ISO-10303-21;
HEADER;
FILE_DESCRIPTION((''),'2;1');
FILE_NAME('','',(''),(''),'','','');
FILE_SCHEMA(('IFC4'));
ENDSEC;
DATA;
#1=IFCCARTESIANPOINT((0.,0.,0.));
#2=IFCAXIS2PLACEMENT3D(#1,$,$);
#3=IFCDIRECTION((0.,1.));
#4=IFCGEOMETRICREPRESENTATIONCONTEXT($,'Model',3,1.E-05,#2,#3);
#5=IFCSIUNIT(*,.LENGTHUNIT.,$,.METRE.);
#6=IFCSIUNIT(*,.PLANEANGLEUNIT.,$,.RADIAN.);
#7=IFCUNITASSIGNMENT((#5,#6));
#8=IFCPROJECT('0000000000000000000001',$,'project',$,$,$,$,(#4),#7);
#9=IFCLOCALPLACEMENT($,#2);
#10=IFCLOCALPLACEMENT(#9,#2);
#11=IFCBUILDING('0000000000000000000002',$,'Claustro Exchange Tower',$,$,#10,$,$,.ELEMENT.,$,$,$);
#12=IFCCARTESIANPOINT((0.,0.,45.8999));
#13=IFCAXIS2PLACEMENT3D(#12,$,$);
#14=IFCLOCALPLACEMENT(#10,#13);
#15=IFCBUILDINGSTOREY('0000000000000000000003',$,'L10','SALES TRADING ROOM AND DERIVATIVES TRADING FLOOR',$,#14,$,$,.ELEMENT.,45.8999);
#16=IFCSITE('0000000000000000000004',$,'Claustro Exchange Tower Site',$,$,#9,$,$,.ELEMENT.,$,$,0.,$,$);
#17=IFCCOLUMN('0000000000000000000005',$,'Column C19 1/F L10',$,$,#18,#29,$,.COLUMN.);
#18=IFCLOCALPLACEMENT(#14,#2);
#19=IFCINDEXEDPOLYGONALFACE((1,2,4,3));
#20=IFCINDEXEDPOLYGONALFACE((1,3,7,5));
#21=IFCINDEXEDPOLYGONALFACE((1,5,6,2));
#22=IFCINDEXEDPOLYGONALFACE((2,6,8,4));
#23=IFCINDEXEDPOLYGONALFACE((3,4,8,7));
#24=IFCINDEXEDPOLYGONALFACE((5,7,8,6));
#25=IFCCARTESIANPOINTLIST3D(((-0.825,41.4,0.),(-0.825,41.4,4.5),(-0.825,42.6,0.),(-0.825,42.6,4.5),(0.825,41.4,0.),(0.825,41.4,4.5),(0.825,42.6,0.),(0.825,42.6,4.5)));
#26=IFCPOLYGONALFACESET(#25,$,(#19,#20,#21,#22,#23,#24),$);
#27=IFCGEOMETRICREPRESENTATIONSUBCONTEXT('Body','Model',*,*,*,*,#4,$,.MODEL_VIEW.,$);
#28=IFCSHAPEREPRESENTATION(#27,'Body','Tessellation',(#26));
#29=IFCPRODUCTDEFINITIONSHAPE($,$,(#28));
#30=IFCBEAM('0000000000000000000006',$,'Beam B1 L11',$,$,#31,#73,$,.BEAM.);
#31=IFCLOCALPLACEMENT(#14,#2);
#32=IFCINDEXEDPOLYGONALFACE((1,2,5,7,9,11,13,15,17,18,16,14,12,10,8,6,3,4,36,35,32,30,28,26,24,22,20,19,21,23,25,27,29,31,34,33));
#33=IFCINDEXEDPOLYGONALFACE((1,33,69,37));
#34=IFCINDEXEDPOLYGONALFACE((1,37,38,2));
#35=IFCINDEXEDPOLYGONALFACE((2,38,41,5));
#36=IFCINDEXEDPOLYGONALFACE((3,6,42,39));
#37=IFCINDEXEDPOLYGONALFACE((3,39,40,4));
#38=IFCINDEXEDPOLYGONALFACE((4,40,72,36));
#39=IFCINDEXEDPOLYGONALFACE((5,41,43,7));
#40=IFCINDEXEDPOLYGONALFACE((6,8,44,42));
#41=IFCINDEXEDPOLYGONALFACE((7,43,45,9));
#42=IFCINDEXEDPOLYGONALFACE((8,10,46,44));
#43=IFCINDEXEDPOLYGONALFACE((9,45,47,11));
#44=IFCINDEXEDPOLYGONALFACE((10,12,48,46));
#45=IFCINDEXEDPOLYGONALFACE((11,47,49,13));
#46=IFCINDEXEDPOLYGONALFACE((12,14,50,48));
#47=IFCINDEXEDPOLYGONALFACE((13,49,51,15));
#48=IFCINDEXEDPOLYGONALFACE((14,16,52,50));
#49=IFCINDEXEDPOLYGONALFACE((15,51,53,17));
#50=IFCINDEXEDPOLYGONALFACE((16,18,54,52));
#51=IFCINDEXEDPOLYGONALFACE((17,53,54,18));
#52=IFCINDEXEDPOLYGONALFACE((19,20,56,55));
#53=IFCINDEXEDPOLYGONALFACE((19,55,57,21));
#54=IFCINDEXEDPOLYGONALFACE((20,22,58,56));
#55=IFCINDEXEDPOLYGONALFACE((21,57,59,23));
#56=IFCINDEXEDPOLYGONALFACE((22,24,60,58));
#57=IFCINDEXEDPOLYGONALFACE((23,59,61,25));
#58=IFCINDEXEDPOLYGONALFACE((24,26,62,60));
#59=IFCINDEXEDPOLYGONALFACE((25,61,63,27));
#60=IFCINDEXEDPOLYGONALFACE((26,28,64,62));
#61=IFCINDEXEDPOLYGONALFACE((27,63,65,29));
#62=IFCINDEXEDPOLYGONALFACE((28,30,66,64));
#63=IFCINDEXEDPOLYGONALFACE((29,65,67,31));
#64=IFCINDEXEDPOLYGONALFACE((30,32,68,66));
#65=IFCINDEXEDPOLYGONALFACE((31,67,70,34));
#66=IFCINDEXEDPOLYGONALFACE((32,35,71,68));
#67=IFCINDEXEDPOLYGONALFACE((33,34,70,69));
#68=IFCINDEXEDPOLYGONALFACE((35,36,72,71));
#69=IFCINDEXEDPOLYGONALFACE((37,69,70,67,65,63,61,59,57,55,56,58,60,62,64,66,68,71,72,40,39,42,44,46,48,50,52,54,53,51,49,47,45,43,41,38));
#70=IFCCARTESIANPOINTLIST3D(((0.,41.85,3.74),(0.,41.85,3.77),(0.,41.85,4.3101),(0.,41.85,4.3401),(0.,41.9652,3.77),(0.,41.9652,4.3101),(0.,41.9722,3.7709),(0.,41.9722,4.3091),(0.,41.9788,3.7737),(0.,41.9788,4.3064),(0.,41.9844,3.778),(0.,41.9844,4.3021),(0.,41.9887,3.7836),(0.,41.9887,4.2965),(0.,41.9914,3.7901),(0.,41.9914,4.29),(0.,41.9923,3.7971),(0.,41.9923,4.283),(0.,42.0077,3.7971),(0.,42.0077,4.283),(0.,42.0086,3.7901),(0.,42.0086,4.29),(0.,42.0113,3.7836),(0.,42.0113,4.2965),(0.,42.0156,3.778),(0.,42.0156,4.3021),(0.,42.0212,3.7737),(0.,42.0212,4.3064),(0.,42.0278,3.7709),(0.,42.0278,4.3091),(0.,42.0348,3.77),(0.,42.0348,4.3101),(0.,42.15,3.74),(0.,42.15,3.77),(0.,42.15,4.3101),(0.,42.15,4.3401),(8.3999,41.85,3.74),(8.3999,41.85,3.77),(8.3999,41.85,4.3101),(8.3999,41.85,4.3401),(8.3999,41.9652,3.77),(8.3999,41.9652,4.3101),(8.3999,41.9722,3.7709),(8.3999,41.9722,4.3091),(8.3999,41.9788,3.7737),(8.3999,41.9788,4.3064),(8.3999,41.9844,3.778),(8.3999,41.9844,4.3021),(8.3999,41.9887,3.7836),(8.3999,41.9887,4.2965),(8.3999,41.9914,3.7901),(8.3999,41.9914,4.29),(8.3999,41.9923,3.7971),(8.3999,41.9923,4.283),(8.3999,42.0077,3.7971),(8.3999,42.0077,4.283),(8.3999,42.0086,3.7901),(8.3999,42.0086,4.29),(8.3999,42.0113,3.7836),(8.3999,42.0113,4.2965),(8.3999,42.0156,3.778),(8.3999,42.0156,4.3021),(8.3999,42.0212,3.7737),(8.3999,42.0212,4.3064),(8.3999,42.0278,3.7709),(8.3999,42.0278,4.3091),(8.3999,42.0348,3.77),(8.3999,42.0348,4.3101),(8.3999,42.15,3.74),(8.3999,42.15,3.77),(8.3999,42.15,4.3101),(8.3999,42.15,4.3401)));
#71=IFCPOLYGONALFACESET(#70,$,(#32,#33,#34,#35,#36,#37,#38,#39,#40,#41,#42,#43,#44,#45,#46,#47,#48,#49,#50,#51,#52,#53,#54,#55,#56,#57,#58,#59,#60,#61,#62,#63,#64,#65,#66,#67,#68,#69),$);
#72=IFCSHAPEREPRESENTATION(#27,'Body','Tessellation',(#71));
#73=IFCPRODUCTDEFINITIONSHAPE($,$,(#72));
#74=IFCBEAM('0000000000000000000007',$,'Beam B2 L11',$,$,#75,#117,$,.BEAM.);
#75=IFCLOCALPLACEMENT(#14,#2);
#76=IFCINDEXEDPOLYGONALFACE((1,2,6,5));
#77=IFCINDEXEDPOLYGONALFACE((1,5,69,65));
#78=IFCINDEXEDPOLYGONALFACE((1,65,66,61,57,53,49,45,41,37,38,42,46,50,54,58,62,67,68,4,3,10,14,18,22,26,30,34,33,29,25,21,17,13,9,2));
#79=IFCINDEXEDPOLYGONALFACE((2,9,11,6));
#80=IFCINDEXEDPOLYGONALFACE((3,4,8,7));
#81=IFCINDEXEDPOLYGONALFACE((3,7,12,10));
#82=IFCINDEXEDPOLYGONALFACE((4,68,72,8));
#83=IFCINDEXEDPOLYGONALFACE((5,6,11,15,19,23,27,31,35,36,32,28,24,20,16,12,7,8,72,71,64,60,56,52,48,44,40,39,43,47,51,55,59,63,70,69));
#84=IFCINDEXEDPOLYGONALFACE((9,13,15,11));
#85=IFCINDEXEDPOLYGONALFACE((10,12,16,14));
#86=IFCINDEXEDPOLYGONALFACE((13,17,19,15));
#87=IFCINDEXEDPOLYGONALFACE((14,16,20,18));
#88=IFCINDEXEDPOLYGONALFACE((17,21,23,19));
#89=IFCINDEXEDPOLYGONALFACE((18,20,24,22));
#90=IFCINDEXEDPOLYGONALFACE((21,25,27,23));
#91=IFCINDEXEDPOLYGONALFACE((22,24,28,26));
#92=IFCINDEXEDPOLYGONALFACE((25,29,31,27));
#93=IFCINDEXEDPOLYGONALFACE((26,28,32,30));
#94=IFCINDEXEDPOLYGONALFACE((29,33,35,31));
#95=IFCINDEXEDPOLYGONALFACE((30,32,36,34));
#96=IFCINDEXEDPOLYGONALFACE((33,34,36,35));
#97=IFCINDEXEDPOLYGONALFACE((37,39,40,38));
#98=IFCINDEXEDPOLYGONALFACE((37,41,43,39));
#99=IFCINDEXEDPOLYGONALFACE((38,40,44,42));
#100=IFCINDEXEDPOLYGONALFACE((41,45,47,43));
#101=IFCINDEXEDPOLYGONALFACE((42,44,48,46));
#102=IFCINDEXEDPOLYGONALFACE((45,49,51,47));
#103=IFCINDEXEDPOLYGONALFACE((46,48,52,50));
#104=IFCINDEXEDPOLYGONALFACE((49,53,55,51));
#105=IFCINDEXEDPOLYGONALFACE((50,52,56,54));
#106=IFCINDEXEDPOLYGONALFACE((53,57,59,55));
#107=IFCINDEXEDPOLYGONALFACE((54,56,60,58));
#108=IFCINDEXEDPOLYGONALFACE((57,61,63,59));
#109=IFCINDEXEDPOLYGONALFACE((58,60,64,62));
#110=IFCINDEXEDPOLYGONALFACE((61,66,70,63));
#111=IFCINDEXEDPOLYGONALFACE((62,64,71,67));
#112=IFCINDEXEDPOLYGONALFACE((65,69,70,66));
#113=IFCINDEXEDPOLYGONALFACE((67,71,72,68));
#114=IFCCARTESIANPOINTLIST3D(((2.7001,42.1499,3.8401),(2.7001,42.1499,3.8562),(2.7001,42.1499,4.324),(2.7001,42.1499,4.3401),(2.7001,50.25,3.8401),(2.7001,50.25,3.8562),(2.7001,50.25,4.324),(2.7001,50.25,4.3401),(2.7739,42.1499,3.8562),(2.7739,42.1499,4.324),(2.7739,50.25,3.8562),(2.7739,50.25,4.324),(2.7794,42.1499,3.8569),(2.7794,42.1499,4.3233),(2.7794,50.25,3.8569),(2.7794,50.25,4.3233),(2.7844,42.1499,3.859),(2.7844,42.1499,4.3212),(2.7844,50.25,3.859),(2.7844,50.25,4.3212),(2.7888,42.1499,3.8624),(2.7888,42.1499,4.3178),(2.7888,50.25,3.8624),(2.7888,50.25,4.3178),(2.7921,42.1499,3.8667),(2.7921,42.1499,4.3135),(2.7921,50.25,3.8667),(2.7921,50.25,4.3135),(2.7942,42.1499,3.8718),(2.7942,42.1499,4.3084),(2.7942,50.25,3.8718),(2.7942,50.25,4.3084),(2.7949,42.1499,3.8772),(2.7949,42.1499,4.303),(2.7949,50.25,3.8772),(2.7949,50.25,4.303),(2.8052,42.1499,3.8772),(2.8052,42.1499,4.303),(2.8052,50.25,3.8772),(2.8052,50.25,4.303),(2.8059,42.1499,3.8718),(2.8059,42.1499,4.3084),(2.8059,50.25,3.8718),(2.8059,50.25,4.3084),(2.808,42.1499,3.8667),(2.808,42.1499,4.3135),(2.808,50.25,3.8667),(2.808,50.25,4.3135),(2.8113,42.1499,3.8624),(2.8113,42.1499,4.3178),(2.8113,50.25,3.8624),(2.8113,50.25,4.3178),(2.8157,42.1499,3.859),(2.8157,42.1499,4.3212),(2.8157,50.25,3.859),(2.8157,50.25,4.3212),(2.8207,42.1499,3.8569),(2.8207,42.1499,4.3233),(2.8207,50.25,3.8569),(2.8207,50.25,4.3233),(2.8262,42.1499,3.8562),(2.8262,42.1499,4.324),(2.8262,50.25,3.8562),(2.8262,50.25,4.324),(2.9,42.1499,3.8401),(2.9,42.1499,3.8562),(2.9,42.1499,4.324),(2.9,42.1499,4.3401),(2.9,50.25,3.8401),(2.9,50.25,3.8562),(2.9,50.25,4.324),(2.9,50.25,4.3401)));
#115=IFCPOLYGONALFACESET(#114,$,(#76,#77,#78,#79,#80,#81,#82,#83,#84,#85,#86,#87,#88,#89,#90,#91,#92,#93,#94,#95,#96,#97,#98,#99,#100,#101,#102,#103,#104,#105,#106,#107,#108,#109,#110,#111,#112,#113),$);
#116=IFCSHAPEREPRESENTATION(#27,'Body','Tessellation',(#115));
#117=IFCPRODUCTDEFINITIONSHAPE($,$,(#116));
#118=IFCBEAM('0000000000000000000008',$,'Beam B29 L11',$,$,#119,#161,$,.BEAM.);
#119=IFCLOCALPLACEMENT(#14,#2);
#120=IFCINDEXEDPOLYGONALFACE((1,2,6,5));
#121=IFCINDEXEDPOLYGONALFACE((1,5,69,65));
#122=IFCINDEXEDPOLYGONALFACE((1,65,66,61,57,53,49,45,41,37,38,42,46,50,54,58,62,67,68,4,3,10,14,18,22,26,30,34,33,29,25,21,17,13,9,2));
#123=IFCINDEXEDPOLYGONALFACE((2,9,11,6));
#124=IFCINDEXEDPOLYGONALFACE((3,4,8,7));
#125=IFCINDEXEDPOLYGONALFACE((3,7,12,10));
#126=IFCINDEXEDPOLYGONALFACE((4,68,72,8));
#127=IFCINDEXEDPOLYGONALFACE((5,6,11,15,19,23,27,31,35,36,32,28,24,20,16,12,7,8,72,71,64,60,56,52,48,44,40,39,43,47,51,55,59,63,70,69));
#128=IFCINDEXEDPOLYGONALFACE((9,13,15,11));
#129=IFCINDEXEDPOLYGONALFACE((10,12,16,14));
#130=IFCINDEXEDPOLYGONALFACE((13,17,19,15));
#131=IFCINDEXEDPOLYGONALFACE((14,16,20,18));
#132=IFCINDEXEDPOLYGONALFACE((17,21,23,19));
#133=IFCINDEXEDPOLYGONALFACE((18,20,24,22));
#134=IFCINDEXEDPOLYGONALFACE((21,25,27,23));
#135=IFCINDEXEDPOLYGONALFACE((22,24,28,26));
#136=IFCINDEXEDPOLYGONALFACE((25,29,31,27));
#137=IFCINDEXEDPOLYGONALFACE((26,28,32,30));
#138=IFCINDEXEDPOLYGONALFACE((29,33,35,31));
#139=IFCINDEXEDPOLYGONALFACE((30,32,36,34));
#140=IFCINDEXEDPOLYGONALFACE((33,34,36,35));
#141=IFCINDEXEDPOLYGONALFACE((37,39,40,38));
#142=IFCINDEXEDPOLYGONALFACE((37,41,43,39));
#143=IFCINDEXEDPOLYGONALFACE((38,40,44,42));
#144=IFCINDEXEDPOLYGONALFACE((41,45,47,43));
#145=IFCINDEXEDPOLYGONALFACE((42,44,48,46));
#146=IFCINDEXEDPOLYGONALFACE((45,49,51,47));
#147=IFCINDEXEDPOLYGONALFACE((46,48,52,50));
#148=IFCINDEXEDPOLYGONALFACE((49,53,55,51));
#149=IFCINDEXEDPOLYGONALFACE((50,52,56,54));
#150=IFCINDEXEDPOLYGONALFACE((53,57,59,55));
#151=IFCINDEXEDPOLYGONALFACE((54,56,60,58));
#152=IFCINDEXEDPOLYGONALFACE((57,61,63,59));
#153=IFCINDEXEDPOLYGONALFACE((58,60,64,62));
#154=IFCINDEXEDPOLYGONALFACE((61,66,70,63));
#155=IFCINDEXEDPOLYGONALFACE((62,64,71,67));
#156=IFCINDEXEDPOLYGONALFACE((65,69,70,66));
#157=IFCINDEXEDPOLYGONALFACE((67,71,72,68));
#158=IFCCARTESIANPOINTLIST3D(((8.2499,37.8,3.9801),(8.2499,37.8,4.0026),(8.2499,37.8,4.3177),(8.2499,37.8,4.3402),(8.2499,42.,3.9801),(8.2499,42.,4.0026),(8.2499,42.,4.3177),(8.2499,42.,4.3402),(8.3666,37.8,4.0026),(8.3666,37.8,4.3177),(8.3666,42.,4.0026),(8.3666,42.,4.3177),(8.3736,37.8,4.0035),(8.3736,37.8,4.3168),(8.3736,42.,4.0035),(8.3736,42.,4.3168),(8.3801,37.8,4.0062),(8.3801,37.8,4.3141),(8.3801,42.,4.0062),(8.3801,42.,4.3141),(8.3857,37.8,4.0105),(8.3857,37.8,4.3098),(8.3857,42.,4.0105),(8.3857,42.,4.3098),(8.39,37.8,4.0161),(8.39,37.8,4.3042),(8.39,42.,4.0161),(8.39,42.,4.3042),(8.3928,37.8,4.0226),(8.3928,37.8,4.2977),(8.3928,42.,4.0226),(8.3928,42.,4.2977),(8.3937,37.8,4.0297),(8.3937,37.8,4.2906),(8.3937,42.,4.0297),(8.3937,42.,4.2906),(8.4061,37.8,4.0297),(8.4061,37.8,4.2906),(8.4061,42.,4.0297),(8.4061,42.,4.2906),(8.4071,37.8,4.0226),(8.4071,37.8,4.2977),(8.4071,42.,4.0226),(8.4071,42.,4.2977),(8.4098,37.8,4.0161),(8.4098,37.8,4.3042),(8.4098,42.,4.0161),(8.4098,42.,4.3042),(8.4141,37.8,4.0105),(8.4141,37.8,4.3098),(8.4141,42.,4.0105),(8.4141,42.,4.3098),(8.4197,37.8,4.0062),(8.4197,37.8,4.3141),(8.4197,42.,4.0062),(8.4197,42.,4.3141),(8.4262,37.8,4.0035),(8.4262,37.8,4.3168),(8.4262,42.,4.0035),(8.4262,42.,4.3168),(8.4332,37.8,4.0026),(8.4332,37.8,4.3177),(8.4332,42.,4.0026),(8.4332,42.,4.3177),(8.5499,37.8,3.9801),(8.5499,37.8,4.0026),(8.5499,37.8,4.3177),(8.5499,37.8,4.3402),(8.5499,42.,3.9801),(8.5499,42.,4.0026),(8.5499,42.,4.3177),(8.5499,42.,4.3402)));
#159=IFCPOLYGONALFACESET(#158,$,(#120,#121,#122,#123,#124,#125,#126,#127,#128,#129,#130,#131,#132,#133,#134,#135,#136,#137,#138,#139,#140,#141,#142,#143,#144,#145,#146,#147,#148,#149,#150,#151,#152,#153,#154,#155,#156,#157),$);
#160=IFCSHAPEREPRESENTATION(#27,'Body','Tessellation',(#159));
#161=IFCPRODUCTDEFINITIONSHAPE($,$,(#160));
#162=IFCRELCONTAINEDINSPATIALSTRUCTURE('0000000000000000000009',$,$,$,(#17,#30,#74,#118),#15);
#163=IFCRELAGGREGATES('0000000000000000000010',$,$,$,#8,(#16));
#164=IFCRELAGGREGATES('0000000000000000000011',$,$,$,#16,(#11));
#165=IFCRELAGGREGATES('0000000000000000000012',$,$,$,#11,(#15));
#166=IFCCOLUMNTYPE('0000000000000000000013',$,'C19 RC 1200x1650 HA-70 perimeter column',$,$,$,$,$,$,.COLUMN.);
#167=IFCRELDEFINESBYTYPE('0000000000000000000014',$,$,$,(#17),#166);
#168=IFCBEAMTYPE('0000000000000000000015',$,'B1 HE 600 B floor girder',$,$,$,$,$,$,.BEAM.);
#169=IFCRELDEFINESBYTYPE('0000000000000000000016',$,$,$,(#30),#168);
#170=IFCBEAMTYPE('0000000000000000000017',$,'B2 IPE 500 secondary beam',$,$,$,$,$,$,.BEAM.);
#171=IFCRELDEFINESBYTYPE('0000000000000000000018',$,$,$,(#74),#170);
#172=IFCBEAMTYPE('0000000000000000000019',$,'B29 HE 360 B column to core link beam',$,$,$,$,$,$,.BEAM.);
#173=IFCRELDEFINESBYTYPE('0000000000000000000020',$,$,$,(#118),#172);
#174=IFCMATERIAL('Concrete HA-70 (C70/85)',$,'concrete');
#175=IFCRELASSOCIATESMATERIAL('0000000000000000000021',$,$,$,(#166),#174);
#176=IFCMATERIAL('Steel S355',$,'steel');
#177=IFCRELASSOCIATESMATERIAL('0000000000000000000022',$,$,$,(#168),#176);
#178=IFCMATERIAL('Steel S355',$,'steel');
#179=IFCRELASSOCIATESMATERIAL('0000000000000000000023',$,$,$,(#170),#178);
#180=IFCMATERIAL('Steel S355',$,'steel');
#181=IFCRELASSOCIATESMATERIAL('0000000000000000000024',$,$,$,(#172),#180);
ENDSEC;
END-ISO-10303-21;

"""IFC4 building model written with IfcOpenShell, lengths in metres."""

from ifc_helpers import new_model, si_unit, direction, frame, origin, origin_2d, place, context, subcontext, project, spatial, rectangle, i_section, extrude, material, material_profile, profile_set, type_object, element, save


model = new_model("IFC4")

# Units and contexts
model_context = context("Model", 3, precision=1e-05, world=origin(), true_north=direction((0.0, 1.0)))
body_context = subcontext(model_context, "Body", "Model", "MODEL_VIEW")
ifc_project = project(units=[si_unit("LENGTHUNIT", "METRE"), si_unit("PLANEANGLEUNIT", "RADIAN")], contexts=[model_context])

# Site, building, storey
site_placement = place(None, origin())
site = spatial("IfcSite", under=ifc_project, at=site_placement, Name="Claustro Exchange Tower Site", CompositionType="ELEMENT", RefElevation=0.0)
building_placement = place(site_placement, origin())
building = spatial("IfcBuilding", under=site, at=building_placement, Name="Claustro Exchange Tower", CompositionType="ELEMENT")
storey_placement = place(building_placement, frame((0.0, 0.0, 45.8999)))
storey = spatial("IfcBuildingStorey", under=building, at=storey_placement, Name="L10", Description="SALES TRADING ROOM AND DERIVATIVES TRADING FLOOR", CompositionType="ELEMENT", Elevation=45.8999)

# Column
ifc_material_1 = material(Name="Concrete HA-70 (C70/85)", Category="concrete")
ifc_material_profile_1 = material_profile(ifc_material_1, rectangle(XDim=1.2, YDim=1.6499, at=origin_2d()), Name="RC 1200x1650")
ifc_profile_set_1 = profile_set([ifc_material_profile_1], Name="Concrete HA-70 (C70/85)")
column_type = type_object("IfcColumnType", Name="C19 RC 1200x1650 HA-70 perimeter column", PredefinedType="COLUMN", material=ifc_profile_set_1)
column_placement = place(storey_placement, frame((0.0, 42.0, 0.0), z_axis=(0.0, 0.0, 1.0), x_axis=(0.0, 1.0, 0.0)))
element("IfcColumn", 1, at=column_placement, inside=storey, type_object=column_type, Name="Column C19 1/F L10", PredefinedType="COLUMN", context=body_context, shape_type="SweptSolid", body=[
    extrude(rectangle(XDim=1.2, YDim=1.6499, at=origin_2d()), origin(), (0.0, 0.0, 1.0), 4.5),
])

# Beams
ifc_material_2 = material(Name="Steel S355", Category="steel")
ifc_material_profile_2 = material_profile(ifc_material_2, i_section(OverallWidth=0.3, OverallDepth=0.6001, WebThickness=0.0154, FlangeThickness=0.03, FilletRadius=0.0271, at=origin_2d()), Name="HE 600 B")
ifc_profile_set_2 = profile_set([ifc_material_profile_2], Name="Steel S355")
beam_type_1 = type_object("IfcBeamType", Name="B1 HE 600 B floor girder", PredefinedType="BEAM", material=ifc_profile_set_2)
beam_1_placement = place(storey_placement, frame((0.0, 42.0, 4.04), z_axis=(1.0, 0.0, 0.0), x_axis=(0.0, 1.0, 0.0)))
element("IfcBeam", 2, at=beam_1_placement, inside=storey, type_object=beam_type_1, Name="Beam B1 L11", PredefinedType="BEAM", context=body_context, shape_type="SweptSolid", body=[
    extrude(i_section(OverallWidth=0.3, OverallDepth=0.6001, WebThickness=0.0154, FlangeThickness=0.03, FilletRadius=0.0271, at=origin_2d()), origin(), (0.0, 0.0, 1.0), 8.3999),
])
ifc_material_3 = material(Name="Steel S355", Category="steel")
ifc_material_profile_3 = material_profile(ifc_material_3, i_section(OverallWidth=0.2, OverallDepth=0.5, WebThickness=0.0103, FlangeThickness=0.0161, FilletRadius=0.021, at=origin_2d()), Name="IPE 500")
ifc_profile_set_3 = profile_set([ifc_material_profile_3], Name="Steel S355")
beam_type_2 = type_object("IfcBeamType", Name="B2 IPE 500 secondary beam", PredefinedType="BEAM", material=ifc_profile_set_3)
beam_2_placement = place(storey_placement, frame((2.8, 42.1499, 4.0901), z_axis=(0.0, 1.0, 0.0), x_axis=(-1.0, 0.0, 0.0)))
element("IfcBeam", 3, at=beam_2_placement, inside=storey, type_object=beam_type_2, Name="Beam B2 L11", PredefinedType="BEAM", context=body_context, shape_type="SweptSolid", body=[
    extrude(i_section(OverallWidth=0.2, OverallDepth=0.5, WebThickness=0.0103, FlangeThickness=0.0161, FilletRadius=0.021, at=origin_2d()), origin(), (0.0, 0.0, 1.0), 8.1001),
])
ifc_material_4 = material(Name="Steel S355", Category="steel")
ifc_material_profile_4 = material_profile(ifc_material_4, i_section(OverallWidth=0.3, OverallDepth=0.3601, WebThickness=0.0125, FlangeThickness=0.0225, FilletRadius=0.0271, at=origin_2d()), Name="HE 360 B")
ifc_profile_set_4 = profile_set([ifc_material_profile_4], Name="Steel S355")
beam_type_3 = type_object("IfcBeamType", Name="B29 HE 360 B column to core link beam", PredefinedType="BEAM", material=ifc_profile_set_4)
beam_3_placement = place(storey_placement, frame((8.3999, 37.8, 4.1602), z_axis=(0.0, 1.0, 0.0), x_axis=(-1.0, 0.0, 0.0)))
element("IfcBeam", 4, at=beam_3_placement, inside=storey, type_object=beam_type_3, Name="Beam B29 L11", PredefinedType="BEAM", context=body_context, shape_type="SweptSolid", body=[
    extrude(i_section(OverallWidth=0.3, OverallDepth=0.3601, WebThickness=0.0125, FlangeThickness=0.0225, FilletRadius=0.0271, at=origin_2d()), origin(), (0.0, 0.0, 1.0), 4.2),
])

save(model, "model.ifc")
